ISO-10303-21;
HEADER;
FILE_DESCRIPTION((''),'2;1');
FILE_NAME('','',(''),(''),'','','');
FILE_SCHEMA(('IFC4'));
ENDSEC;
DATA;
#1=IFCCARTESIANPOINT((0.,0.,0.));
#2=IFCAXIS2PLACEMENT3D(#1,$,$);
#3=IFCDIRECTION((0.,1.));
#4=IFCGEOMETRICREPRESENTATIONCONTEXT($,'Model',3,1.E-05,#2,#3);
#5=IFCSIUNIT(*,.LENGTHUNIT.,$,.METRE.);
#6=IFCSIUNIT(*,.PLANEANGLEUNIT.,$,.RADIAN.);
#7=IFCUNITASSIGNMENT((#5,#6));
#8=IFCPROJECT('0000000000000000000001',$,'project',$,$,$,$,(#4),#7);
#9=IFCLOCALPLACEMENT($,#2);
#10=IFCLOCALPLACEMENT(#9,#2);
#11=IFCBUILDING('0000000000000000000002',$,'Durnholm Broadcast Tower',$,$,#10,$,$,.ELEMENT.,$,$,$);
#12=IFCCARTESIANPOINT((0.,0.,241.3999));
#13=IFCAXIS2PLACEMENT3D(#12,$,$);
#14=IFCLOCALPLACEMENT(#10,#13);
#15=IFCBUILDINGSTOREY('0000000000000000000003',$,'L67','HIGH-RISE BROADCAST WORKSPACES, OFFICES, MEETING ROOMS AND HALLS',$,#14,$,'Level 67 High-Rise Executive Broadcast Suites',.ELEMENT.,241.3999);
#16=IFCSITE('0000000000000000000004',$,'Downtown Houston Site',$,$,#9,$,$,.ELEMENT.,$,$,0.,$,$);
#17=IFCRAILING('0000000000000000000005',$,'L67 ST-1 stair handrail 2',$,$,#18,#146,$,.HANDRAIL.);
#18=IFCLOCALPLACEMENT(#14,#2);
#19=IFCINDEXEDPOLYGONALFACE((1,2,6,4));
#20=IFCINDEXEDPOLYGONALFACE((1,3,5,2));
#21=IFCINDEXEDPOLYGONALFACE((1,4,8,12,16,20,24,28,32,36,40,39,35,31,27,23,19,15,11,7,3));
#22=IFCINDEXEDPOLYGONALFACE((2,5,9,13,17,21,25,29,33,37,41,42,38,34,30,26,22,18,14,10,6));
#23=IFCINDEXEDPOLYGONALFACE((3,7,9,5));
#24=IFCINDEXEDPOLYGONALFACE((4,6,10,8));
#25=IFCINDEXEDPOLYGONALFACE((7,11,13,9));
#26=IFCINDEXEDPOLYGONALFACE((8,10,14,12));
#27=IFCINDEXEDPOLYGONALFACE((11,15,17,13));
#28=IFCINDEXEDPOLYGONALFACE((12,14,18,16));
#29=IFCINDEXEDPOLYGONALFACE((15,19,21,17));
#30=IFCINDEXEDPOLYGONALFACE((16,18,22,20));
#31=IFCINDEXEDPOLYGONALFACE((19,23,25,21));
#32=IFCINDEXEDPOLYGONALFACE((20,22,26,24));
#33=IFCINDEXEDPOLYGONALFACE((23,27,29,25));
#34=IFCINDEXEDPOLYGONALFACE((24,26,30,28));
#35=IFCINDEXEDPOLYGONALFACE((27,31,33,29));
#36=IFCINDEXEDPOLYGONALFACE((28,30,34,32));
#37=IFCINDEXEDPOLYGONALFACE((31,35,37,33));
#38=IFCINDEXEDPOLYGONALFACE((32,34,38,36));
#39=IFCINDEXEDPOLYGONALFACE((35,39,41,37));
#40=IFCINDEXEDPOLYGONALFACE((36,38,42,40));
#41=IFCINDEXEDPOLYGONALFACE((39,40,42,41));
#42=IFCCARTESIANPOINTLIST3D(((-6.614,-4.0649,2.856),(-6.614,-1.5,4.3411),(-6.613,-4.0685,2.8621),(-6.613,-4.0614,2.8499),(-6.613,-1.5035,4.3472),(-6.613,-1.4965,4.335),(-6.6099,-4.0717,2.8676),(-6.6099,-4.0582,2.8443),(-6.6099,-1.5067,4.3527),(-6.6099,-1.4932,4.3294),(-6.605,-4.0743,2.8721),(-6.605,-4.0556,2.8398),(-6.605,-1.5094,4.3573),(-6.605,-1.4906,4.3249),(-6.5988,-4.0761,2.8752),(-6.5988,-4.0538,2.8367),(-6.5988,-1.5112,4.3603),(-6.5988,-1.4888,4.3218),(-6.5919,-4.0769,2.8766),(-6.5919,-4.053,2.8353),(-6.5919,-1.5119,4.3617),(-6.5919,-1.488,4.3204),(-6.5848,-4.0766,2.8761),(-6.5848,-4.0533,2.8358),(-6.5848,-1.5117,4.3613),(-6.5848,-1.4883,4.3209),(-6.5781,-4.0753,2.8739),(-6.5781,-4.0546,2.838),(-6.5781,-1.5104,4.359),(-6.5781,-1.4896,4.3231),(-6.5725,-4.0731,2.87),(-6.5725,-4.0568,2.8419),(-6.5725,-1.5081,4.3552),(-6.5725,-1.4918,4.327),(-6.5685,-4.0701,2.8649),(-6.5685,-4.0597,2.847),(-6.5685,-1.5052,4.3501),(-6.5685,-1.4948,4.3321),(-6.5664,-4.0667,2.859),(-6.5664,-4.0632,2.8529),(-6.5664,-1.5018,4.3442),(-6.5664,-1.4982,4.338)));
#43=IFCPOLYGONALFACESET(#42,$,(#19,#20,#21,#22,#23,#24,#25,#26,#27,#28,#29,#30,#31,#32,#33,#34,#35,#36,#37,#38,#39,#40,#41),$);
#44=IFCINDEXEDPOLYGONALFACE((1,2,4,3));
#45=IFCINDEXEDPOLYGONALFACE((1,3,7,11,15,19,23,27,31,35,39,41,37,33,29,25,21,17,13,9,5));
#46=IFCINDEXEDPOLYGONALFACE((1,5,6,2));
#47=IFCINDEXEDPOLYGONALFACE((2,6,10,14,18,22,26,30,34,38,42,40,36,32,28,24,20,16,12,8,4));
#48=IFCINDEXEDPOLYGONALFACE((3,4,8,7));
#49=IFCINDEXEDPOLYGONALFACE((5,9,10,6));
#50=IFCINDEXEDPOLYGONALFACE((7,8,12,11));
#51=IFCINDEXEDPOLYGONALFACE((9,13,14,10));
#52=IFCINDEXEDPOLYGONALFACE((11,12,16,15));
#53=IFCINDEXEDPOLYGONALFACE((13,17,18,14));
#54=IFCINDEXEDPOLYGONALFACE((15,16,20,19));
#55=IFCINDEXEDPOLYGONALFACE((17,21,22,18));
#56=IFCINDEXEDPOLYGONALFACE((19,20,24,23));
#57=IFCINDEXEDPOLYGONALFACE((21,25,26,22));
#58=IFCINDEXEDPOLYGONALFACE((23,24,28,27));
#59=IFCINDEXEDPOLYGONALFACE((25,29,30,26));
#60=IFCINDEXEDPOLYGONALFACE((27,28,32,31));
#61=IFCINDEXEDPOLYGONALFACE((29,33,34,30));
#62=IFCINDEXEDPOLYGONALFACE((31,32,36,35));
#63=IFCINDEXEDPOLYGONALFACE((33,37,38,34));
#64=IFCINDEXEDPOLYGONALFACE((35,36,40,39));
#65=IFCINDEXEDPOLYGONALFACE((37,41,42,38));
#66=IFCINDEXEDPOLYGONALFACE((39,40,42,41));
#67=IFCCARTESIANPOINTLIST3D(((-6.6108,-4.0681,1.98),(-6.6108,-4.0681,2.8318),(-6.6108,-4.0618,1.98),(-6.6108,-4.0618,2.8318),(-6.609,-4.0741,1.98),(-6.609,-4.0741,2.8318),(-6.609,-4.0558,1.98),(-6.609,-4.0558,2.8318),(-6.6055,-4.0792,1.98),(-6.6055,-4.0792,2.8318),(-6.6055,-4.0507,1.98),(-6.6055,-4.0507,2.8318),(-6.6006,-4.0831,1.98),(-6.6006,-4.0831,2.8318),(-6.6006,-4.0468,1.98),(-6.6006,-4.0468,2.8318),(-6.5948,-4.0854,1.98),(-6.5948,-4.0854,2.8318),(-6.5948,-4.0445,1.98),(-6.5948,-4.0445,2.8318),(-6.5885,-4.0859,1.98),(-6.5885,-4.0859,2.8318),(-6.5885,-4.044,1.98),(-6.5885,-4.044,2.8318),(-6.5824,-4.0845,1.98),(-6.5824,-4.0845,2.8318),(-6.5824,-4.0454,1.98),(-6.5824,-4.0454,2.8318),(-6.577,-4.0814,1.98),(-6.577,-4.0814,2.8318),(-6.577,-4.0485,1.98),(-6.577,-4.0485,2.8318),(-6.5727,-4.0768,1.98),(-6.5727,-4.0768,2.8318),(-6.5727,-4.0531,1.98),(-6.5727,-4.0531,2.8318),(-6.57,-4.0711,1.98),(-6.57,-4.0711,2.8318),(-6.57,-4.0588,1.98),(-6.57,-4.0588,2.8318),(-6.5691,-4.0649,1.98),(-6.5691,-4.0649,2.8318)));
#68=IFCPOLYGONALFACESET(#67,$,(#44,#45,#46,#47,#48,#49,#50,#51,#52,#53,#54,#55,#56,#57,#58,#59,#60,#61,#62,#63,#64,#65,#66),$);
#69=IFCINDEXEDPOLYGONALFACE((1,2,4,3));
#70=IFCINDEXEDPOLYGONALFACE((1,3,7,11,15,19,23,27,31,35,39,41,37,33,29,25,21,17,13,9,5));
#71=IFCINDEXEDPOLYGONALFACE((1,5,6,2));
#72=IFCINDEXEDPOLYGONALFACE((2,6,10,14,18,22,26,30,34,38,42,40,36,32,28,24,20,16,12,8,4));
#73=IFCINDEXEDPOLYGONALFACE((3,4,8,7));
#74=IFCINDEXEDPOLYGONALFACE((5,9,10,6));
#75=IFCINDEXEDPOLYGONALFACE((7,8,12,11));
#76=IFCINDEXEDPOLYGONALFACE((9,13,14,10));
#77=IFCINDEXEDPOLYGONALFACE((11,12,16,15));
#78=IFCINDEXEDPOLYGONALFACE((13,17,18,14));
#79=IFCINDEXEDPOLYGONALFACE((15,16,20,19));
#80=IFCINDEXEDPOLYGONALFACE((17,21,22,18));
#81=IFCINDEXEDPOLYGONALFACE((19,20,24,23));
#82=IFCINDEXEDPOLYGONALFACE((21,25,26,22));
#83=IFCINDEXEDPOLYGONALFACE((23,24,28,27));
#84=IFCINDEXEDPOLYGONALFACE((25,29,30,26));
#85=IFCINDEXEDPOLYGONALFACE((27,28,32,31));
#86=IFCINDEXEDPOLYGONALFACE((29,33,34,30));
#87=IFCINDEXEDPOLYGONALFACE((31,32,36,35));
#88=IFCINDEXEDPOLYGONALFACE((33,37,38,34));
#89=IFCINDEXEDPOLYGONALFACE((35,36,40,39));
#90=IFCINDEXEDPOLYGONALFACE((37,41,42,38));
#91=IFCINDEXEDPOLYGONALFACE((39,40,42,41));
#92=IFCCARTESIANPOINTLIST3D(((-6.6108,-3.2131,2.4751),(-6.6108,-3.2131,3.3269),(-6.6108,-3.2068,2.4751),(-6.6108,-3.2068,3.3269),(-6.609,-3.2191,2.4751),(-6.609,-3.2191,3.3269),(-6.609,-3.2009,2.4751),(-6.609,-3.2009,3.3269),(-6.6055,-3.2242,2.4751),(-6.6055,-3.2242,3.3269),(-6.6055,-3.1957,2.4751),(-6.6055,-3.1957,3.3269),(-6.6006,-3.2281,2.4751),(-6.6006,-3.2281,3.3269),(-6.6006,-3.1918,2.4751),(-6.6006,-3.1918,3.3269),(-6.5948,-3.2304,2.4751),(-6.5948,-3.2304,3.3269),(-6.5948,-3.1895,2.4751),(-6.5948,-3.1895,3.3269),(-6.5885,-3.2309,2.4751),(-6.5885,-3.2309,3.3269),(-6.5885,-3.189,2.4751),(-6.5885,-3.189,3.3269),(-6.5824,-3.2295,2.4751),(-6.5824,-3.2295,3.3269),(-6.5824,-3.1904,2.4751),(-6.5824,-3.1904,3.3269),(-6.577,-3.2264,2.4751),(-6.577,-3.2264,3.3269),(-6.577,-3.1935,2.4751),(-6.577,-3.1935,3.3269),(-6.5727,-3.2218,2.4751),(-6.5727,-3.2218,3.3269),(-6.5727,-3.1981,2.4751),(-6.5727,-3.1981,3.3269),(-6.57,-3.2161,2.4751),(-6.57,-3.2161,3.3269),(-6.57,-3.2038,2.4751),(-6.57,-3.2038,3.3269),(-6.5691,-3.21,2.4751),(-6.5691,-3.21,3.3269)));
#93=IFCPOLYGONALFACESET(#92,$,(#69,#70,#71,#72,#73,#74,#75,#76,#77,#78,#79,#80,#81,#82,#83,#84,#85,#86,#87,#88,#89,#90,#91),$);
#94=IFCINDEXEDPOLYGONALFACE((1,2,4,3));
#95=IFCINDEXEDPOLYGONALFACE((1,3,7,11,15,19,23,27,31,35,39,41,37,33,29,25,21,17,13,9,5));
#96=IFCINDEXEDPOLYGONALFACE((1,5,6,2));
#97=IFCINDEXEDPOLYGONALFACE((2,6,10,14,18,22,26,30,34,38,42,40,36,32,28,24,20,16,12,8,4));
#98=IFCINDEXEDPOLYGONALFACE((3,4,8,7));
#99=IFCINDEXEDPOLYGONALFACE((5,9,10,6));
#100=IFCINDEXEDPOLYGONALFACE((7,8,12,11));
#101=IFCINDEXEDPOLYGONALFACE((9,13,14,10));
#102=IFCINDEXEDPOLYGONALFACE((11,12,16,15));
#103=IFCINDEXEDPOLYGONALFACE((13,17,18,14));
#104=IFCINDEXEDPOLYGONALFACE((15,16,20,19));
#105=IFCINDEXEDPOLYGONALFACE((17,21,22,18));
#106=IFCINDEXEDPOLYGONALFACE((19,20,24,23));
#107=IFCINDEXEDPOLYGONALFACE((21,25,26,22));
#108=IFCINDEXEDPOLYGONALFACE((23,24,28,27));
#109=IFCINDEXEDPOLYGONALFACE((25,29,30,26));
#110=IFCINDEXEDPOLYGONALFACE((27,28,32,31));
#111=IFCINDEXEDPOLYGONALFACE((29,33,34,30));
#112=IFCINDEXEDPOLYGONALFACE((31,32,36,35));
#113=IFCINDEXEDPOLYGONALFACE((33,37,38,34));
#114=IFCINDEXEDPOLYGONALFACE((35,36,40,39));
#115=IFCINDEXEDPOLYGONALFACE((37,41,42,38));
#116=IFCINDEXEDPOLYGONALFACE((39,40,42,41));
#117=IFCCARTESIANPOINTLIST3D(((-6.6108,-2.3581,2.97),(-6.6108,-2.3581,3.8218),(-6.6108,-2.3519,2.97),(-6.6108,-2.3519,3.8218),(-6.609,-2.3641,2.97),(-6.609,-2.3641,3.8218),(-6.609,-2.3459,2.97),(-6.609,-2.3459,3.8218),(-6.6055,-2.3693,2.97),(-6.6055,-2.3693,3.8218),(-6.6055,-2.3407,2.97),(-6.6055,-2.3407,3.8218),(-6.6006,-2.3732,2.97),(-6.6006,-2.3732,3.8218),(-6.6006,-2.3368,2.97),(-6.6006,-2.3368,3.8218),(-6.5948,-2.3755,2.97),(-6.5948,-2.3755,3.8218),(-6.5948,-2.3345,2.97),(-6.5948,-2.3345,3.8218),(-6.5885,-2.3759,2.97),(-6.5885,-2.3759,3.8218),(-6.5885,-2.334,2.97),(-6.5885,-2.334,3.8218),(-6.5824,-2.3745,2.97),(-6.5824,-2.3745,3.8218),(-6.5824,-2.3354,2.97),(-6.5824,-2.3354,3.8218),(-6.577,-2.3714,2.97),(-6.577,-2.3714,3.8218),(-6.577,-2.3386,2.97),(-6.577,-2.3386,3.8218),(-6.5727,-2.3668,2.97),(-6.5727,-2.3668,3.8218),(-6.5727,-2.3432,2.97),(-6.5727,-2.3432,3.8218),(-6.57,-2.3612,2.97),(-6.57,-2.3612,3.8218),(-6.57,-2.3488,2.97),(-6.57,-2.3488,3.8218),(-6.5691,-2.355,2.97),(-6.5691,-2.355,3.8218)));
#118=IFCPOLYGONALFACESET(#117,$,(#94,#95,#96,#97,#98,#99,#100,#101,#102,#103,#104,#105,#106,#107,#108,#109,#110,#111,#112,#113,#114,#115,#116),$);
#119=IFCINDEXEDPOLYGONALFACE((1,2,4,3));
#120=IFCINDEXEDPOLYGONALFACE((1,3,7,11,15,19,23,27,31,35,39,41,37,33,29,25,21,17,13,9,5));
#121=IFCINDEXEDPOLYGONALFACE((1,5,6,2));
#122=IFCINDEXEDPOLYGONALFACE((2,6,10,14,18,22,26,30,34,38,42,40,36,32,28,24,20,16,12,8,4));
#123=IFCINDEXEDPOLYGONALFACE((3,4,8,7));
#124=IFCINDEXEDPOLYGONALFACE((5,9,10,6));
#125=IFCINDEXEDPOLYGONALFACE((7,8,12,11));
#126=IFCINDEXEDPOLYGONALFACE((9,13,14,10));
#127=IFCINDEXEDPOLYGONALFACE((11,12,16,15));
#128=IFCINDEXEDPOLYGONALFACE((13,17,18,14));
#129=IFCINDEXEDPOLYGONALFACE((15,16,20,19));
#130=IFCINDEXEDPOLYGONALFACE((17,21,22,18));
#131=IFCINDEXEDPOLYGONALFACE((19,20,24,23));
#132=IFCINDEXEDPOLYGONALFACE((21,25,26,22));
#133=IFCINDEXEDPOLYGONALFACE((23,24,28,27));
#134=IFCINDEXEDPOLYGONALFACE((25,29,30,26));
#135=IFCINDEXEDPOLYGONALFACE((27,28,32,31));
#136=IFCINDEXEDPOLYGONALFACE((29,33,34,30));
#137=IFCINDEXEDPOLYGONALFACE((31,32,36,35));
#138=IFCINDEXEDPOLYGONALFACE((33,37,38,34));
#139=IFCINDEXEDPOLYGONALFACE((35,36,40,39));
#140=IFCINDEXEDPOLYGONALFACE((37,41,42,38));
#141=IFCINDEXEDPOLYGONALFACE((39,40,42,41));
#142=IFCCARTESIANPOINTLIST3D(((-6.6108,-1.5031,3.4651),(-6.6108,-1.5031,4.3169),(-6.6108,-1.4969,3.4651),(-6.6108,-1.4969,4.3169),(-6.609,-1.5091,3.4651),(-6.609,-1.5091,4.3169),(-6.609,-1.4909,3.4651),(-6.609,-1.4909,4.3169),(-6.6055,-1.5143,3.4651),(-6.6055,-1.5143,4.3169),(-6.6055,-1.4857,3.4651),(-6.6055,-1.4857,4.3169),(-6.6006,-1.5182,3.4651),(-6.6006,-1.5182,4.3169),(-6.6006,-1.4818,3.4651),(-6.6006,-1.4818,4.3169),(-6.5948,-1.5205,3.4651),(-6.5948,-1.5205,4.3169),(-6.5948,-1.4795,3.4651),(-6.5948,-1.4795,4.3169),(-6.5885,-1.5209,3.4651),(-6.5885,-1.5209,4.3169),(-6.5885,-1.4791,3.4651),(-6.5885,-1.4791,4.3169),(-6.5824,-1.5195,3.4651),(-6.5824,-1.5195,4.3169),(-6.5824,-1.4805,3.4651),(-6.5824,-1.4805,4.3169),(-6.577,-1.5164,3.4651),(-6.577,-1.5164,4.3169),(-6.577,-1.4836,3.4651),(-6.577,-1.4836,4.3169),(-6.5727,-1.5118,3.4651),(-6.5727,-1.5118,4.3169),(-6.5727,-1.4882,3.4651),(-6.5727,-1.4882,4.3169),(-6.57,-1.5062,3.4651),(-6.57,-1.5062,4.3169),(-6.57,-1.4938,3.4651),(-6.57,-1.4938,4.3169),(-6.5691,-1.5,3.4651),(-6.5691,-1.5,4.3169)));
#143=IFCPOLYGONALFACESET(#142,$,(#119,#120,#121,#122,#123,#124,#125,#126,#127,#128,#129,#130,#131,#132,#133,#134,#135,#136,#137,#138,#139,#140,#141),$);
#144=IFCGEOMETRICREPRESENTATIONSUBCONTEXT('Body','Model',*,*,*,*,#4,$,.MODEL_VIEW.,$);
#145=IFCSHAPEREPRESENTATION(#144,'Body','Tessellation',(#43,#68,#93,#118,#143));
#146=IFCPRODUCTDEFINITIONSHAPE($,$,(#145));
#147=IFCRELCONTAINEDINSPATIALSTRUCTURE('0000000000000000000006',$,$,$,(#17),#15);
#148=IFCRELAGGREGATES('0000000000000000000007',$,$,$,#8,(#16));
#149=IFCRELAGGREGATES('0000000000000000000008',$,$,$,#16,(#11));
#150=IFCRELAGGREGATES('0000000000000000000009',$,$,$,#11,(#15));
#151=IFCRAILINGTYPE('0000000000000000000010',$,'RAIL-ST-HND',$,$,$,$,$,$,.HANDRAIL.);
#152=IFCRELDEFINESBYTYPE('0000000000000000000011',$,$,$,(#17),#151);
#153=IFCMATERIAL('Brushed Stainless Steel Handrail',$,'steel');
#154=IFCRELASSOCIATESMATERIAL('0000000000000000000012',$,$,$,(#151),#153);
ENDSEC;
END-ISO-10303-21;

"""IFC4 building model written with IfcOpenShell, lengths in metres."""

from ifc_helpers import new_model, si_unit, direction, frame, origin, origin_2d, place, context, subcontext, project, spatial, circle, extrude, material, type_object, element, save


model = new_model("IFC4")

# Units and contexts
model_context = context("Model", 3, precision=1e-05, world=origin(), true_north=direction((0.0, 1.0)))
body_context = subcontext(model_context, "Body", "Model", "MODEL_VIEW")
ifc_project = project(units=[si_unit("LENGTHUNIT", "METRE"), si_unit("PLANEANGLEUNIT", "RADIAN")], contexts=[model_context])

# Site, building, storey
site_placement = place(None, origin())
site = spatial("IfcSite", under=ifc_project, at=site_placement, Name="Downtown Houston Site", CompositionType="ELEMENT", RefElevation=0.0)
building_placement = place(site_placement, origin())
building = spatial("IfcBuilding", under=site, at=building_placement, Name="Durnholm Broadcast Tower", CompositionType="ELEMENT")
storey_placement = place(building_placement, frame((0.0, 0.0, 241.3999)))
storey = spatial("IfcBuildingStorey", under=building, at=storey_placement, Name="L67", Description="HIGH-RISE BROADCAST WORKSPACES, OFFICES, MEETING ROOMS AND HALLS", LongName="Level 67 High-Rise Executive Broadcast Suites", CompositionType="ELEMENT", Elevation=241.3999)

# Railing
ifc_material_1 = material(Name="Brushed Stainless Steel Handrail", Category="steel")
railing_type_1 = type_object("IfcRailingType", Name="RAIL-ST-HND", PredefinedType="HANDRAIL", material=ifc_material_1)
railing_1_placement = place(storey_placement, frame((-6.5901, -4.0649, 1.98)))
element("IfcRailing", 1, at=railing_1_placement, inside=storey, type_object=railing_type_1, Name="L67 ST-1 stair handrail 2", PredefinedType="HANDRAIL", context=body_context, shape_type="SweptSolid", body=[
    extrude(circle(Radius=0.0239, at=origin_2d()), frame((0.0, 0.0, 0.876), z_axis=(0.0, 0.865406, 0.501072), x_axis=(-1.0, 0.0, 0.0)), (0.0, 0.0, 1.0), 2.9639),
    extrude(circle(Radius=0.021, at=origin_2d()), origin(), (0.0, 0.0, 1.0), 0.8518),
    extrude(circle(Radius=0.021, at=origin_2d()), frame((0.0, 0.855, 0.4951)), (0.0, 0.0, 1.0), 0.8518),
    extrude(circle(Radius=0.021, at=origin_2d()), frame((0.0, 1.71, 0.99)), (0.0, 0.0, 1.0), 0.8518),
    extrude(circle(Radius=0.021, at=origin_2d()), frame((0.0, 2.5649, 1.4851)), (0.0, 0.0, 1.0), 0.8518),
])

save(model, "model.ifc")
